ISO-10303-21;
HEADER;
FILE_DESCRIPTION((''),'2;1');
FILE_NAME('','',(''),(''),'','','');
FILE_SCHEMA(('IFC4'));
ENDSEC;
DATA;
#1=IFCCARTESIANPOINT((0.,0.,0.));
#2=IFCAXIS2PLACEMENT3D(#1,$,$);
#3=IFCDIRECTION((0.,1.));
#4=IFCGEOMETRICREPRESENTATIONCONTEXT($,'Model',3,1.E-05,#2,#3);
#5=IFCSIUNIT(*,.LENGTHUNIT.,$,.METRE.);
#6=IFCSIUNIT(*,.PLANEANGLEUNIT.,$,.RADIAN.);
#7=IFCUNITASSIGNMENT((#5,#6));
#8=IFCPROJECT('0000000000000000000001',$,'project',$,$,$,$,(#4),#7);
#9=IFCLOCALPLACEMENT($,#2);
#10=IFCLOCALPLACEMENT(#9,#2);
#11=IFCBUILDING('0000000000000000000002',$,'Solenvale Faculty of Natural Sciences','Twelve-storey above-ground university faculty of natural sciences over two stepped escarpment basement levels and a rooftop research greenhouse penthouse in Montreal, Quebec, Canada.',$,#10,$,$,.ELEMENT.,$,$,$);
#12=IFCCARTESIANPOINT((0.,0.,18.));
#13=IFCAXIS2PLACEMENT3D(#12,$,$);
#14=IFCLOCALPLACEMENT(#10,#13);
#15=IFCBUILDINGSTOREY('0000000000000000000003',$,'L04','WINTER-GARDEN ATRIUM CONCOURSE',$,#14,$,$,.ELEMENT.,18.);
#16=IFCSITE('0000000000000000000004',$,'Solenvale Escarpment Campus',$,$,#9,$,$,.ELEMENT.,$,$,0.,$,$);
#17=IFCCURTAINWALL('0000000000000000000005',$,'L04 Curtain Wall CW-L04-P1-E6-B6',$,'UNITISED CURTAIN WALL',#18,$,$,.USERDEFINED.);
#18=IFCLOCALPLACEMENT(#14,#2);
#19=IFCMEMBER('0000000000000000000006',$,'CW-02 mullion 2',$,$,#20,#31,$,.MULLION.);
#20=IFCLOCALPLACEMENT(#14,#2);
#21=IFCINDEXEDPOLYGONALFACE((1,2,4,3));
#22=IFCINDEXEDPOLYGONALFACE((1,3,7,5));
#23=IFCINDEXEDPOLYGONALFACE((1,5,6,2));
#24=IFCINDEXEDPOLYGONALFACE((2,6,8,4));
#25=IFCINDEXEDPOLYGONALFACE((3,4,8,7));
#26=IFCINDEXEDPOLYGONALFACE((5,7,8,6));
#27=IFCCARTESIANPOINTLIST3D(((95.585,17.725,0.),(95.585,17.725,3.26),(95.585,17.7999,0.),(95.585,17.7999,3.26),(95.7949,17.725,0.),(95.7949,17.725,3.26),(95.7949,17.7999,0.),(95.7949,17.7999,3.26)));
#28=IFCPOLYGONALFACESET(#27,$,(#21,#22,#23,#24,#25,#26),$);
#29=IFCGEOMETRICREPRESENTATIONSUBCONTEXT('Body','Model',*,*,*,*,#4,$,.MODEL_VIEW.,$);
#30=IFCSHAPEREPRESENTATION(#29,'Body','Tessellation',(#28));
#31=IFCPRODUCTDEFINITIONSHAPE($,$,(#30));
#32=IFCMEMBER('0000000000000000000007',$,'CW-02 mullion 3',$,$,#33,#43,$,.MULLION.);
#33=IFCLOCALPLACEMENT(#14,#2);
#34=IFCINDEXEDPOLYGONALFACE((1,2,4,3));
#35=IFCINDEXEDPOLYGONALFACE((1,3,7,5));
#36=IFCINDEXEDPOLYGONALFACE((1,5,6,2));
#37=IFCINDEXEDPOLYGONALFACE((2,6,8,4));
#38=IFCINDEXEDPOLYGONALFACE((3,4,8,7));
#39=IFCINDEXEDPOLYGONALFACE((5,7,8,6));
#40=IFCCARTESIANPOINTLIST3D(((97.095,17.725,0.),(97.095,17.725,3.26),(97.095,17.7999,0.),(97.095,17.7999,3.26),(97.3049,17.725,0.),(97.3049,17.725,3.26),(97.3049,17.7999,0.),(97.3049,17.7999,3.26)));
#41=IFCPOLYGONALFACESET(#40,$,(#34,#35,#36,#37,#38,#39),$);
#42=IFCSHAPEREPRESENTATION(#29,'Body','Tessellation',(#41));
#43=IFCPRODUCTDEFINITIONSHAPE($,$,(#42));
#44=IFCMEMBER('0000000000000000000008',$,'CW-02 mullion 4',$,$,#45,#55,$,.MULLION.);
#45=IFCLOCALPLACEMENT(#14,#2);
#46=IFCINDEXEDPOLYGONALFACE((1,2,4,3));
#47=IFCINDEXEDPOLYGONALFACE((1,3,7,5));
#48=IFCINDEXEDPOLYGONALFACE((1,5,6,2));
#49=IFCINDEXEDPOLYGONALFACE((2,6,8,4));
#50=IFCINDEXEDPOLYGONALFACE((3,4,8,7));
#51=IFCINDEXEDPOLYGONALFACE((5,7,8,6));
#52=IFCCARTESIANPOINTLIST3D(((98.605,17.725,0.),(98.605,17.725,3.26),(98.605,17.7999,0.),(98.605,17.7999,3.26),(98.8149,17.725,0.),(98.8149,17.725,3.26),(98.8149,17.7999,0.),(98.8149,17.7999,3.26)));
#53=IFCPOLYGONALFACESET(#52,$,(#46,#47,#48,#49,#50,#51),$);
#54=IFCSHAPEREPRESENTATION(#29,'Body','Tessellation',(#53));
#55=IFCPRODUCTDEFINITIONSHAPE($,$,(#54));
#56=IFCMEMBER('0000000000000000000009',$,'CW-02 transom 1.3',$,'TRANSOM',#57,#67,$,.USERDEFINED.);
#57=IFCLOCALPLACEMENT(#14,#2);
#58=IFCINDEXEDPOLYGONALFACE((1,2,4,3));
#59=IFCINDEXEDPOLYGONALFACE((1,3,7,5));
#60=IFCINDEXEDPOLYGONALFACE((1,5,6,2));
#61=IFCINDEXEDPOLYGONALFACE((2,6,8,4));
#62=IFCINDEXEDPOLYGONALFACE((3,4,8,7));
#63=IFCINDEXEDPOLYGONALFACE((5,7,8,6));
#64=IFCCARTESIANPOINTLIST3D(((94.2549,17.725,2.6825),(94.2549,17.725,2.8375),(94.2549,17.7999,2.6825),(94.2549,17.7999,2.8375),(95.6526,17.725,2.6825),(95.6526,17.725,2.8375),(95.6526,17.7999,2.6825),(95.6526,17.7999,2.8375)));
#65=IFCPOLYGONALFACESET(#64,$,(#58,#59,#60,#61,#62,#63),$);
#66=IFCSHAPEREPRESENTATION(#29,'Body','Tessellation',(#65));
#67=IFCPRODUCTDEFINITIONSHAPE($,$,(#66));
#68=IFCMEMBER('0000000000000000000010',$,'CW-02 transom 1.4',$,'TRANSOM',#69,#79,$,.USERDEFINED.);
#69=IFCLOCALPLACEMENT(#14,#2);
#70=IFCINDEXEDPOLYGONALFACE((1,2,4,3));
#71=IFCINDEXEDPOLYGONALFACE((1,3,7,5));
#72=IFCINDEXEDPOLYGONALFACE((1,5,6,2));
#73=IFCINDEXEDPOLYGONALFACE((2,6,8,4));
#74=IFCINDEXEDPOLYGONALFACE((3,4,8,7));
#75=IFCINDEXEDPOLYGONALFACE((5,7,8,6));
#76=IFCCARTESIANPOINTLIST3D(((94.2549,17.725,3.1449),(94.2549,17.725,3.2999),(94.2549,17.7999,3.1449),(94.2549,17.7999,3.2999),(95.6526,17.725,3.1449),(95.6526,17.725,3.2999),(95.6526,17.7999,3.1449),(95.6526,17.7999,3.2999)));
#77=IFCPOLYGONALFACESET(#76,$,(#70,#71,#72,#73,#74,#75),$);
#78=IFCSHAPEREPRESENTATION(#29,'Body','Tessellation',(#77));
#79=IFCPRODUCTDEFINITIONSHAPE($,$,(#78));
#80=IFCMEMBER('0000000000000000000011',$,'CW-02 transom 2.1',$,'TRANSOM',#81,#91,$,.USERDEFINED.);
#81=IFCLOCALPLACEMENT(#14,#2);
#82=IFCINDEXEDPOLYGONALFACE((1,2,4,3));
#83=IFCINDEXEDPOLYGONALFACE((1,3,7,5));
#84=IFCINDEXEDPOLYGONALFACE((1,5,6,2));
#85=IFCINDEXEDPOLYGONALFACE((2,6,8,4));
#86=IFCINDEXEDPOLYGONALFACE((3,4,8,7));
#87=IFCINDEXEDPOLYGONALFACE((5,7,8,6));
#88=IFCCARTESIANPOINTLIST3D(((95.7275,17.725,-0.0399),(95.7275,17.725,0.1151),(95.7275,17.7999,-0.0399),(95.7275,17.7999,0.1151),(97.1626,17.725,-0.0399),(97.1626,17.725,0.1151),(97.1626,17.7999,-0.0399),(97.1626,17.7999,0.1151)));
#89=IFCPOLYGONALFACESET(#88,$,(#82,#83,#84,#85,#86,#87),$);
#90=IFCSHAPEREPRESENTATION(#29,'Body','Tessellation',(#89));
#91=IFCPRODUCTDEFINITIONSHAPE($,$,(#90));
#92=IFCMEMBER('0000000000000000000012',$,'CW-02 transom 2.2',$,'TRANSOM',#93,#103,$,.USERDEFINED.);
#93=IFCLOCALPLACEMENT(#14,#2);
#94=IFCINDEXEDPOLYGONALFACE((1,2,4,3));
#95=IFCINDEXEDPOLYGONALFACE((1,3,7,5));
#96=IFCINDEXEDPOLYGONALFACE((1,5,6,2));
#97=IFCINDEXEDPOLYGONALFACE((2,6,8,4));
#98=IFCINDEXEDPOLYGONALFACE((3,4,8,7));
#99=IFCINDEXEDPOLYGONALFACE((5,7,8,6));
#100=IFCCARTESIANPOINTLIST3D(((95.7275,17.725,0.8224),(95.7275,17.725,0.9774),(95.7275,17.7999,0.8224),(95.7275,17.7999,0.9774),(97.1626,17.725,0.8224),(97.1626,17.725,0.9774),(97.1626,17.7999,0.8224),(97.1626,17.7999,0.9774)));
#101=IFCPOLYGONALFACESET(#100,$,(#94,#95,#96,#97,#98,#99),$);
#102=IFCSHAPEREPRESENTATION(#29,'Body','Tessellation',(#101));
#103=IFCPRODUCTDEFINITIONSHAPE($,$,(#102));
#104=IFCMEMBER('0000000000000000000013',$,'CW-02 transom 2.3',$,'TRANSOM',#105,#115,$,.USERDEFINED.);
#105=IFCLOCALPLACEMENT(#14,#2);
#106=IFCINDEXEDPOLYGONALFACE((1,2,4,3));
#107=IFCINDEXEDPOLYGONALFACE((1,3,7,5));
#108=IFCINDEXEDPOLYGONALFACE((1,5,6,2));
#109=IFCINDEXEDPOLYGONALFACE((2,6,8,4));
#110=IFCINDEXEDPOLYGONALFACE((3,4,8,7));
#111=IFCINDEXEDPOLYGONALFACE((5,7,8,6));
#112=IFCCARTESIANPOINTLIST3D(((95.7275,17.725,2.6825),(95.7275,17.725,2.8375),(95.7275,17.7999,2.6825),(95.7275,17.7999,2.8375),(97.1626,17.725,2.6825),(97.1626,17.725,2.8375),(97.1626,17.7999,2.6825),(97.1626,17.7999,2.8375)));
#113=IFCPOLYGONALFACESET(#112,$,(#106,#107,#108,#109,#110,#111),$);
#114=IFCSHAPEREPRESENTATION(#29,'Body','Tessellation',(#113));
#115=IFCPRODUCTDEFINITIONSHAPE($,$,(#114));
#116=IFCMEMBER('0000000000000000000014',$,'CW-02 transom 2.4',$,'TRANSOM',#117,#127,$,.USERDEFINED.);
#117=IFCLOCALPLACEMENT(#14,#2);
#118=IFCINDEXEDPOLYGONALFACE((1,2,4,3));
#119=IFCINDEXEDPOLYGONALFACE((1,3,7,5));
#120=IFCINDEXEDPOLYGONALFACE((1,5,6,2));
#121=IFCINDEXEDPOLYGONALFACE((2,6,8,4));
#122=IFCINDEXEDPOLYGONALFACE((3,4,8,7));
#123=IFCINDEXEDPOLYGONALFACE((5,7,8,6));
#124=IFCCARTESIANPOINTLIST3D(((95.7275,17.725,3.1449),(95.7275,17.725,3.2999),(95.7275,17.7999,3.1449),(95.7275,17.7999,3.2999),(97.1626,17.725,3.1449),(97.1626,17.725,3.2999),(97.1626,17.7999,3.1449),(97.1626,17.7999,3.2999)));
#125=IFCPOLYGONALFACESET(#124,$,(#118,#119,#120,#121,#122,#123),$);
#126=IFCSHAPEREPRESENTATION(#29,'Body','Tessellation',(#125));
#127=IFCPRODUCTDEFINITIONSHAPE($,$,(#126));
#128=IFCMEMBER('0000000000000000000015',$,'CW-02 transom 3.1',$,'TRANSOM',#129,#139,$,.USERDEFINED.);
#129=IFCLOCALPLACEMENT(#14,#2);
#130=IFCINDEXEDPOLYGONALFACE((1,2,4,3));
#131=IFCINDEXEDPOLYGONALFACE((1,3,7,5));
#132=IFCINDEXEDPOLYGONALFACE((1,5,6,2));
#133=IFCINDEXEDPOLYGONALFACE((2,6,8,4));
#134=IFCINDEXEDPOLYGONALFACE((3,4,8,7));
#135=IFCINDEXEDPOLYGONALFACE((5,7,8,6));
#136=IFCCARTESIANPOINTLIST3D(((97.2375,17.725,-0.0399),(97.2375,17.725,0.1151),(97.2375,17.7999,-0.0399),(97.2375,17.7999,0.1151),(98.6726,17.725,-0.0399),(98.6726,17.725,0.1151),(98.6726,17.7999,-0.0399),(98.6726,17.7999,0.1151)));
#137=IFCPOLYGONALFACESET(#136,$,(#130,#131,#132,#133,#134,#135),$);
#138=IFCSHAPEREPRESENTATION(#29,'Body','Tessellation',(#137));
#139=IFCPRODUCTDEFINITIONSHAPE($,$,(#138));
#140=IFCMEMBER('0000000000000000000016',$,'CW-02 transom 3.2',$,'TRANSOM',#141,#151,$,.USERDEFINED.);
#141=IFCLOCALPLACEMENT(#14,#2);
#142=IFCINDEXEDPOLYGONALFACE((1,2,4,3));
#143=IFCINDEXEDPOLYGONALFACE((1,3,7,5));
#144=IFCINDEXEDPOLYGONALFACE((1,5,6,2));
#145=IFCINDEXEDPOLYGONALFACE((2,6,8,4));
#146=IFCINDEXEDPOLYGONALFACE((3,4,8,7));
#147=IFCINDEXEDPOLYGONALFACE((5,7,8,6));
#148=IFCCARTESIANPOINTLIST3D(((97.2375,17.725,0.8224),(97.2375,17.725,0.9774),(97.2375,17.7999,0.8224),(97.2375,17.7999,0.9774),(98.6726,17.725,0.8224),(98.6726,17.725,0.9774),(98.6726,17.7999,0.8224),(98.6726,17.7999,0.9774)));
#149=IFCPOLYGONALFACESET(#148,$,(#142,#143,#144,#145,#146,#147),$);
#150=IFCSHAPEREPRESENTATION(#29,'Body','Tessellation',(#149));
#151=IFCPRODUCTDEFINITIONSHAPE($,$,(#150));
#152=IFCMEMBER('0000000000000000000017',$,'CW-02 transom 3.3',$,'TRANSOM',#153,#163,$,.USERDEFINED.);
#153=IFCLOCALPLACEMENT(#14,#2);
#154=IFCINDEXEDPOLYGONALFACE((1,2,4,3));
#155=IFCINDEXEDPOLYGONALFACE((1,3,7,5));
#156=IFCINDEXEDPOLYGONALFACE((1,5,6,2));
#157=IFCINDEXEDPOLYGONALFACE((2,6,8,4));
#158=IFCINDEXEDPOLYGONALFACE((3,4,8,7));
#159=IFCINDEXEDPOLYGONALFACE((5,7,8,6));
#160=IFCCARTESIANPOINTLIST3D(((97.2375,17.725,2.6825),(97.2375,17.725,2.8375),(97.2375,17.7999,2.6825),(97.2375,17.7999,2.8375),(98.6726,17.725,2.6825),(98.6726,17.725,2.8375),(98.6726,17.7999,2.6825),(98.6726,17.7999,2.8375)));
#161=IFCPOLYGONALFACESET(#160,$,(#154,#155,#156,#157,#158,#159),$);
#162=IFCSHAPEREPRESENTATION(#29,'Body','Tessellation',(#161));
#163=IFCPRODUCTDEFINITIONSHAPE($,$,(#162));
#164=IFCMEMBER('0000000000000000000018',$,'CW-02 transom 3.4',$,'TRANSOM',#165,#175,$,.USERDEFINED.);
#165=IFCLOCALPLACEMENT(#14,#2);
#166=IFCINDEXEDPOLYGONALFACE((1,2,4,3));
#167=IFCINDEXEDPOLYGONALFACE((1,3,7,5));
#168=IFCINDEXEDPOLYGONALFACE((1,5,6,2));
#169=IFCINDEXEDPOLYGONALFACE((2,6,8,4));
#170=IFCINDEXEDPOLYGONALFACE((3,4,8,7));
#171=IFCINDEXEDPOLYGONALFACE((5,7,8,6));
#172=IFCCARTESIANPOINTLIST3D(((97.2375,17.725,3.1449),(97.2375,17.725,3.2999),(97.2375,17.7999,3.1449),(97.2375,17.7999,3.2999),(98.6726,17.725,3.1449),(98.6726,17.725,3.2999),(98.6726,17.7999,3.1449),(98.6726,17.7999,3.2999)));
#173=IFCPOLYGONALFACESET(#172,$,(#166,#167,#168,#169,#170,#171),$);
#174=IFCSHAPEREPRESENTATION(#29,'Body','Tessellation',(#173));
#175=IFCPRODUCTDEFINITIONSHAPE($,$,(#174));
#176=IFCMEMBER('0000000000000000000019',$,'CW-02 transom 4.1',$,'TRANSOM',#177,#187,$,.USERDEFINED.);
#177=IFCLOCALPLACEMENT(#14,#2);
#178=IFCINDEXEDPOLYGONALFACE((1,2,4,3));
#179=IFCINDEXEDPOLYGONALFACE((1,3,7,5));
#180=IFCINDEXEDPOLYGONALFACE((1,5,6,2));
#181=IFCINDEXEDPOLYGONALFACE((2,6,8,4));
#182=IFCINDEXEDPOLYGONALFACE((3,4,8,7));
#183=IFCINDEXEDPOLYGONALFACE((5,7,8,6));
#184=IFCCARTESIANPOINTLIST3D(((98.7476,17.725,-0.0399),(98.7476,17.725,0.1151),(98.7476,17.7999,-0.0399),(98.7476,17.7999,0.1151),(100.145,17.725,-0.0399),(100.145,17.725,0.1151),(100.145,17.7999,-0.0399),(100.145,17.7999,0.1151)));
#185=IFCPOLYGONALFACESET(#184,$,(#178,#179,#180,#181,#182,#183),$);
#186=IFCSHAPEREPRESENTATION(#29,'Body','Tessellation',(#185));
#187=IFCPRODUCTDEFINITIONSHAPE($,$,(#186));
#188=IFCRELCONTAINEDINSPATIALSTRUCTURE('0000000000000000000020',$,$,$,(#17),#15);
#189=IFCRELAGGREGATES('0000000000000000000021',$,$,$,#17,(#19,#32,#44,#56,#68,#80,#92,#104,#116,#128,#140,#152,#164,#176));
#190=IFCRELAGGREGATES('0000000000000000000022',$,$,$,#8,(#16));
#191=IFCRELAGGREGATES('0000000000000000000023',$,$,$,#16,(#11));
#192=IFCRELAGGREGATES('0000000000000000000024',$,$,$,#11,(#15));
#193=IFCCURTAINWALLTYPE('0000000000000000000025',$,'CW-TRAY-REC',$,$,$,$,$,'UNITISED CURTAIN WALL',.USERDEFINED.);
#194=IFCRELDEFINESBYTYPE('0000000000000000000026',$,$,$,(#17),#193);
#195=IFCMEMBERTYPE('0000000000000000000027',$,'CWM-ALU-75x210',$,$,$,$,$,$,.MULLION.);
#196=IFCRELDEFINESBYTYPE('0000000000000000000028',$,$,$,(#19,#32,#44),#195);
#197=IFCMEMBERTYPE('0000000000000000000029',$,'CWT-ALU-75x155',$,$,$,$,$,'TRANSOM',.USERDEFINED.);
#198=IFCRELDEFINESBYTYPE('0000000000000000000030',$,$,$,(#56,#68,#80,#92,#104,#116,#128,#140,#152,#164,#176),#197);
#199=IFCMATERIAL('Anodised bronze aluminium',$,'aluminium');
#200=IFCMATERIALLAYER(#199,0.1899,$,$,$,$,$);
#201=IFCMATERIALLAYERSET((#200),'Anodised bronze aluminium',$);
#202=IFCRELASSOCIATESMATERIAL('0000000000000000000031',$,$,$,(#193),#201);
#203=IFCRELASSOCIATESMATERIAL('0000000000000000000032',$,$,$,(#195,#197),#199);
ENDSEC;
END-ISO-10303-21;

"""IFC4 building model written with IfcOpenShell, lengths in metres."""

from ifc_helpers import new_model, si_unit, direction, frame, origin, origin_2d, place, context, subcontext, project, spatial, rectangle, extrude, material, layer, layer_set, material_profile, profile_set, type_object, element, aggregate, save


model = new_model("IFC4")

# Units and contexts
model_context = context("Model", 3, precision=1e-05, world=origin(), true_north=direction((0.0, 1.0)))
body_context = subcontext(model_context, "Body", "Model", "MODEL_VIEW")
ifc_project = project(units=[si_unit("LENGTHUNIT", "METRE"), si_unit("PLANEANGLEUNIT", "RADIAN")], contexts=[model_context])

# Site, building, storey
site_placement = place(None, origin())
site = spatial("IfcSite", under=ifc_project, at=site_placement, Name="Solenvale Escarpment Campus", CompositionType="ELEMENT", RefElevation=0.0)
building_placement = place(site_placement, origin())
building = spatial("IfcBuilding", under=site, at=building_placement, Name="Solenvale Faculty of Natural Sciences", Description="Twelve-storey above-ground university faculty of natural sciences over two stepped escarpment basement levels and a rooftop research greenhouse penthouse in Montreal, Quebec, Canada.", CompositionType="ELEMENT")
storey_placement = place(building_placement, frame((0.0, 0.0, 18.0)))
storey = spatial("IfcBuildingStorey", under=building, at=storey_placement, Name="L04", Description="WINTER-GARDEN ATRIUM CONCOURSE", CompositionType="ELEMENT", Elevation=18.0)

# Curtain wall, members
ifc_material_1 = material(Name="Anodised bronze aluminium", Category="aluminium")
ifc_layer_1 = layer(ifc_material_1, 0.1899)
ifc_layer_set_1 = layer_set([ifc_layer_1], Name="Anodised bronze aluminium")
curtain_wall_type = type_object("IfcCurtainWallType", Name="CW-TRAY-REC", ElementType="UNITISED CURTAIN WALL", PredefinedType="USERDEFINED", material=ifc_layer_set_1)
curtain_wall_placement = place(storey_placement, origin())
curtain_wall = element("IfcCurtainWall", 1, at=curtain_wall_placement, inside=storey, type_object=curtain_wall_type, Name="L04 Curtain Wall CW-L04-P1-E6-B6", ObjectType="UNITISED CURTAIN WALL", PredefinedType="USERDEFINED")
ifc_material_profile_1 = material_profile(ifc_material_1, rectangle(XDim=0.075, YDim=0.21, at=origin_2d()), Name="ALU-MUL-75x210")
ifc_profile_set_1 = profile_set([ifc_material_profile_1], Name="Anodised bronze aluminium")
member_type_1 = type_object("IfcMemberType", Name="CWM-ALU-75x210", PredefinedType="MULLION", material=ifc_profile_set_1)
member_1_placement = place(storey_placement, frame((95.6899, 17.7625, 0.0), z_axis=(0.0, 0.0, 1.0), x_axis=(0.0, 1.0, 0.0)))
member_1 = element("IfcMember", 2, at=member_1_placement, type_object=member_type_1, Name="CW-02 mullion 2", PredefinedType="MULLION", context=body_context, shape_type="SweptSolid", body=[
    extrude(rectangle(XDim=0.075, YDim=0.21, at=origin_2d()), origin(), (0.0, 0.0, 1.0), 3.26),
])
member_2_placement = place(storey_placement, frame((97.2, 17.7625, 0.0), z_axis=(0.0, 0.0, 1.0), x_axis=(0.0, 1.0, 0.0)))
member_2 = element("IfcMember", 3, at=member_2_placement, type_object=member_type_1, Name="CW-02 mullion 3", PredefinedType="MULLION", context=body_context, shape_type="SweptSolid", body=[
    extrude(rectangle(XDim=0.075, YDim=0.21, at=origin_2d()), origin(), (0.0, 0.0, 1.0), 3.26),
])
member_3_placement = place(storey_placement, frame((98.71, 17.7625, 0.0), z_axis=(0.0, 0.0, 1.0), x_axis=(0.0, 1.0, 0.0)))
member_3 = element("IfcMember", 4, at=member_3_placement, type_object=member_type_1, Name="CW-02 mullion 4", PredefinedType="MULLION", context=body_context, shape_type="SweptSolid", body=[
    extrude(rectangle(XDim=0.075, YDim=0.21, at=origin_2d()), origin(), (0.0, 0.0, 1.0), 3.26),
])
ifc_material_profile_2 = material_profile(ifc_material_1, rectangle(XDim=0.075, YDim=0.155, at=origin_2d()), Name="ALU-TRN-75x155")
ifc_profile_set_2 = profile_set([ifc_material_profile_2], Name="Anodised bronze aluminium")
member_type_2 = type_object("IfcMemberType", Name="CWT-ALU-75x155", ElementType="TRANSOM", PredefinedType="USERDEFINED", material=ifc_profile_set_2)
member_4_placement = place(storey_placement, frame((94.2549, 17.7625, 2.76), z_axis=(1.0, 0.0, 0.0), x_axis=(0.0, 1.0, 0.0)))
member_4 = element("IfcMember", 5, at=member_4_placement, type_object=member_type_2, Name="CW-02 transom 1.3", ObjectType="TRANSOM", PredefinedType="USERDEFINED", context=body_context, shape_type="SweptSolid", body=[
    extrude(rectangle(XDim=0.075, YDim=0.155, at=origin_2d()), origin(), (0.0, 0.0, 1.0), 1.3977),
])
member_5_placement = place(storey_placement, frame((94.2549, 17.7625, 3.2224), z_axis=(1.0, 0.0, 0.0), x_axis=(0.0, 1.0, 0.0)))
member_5 = element("IfcMember", 6, at=member_5_placement, type_object=member_type_2, Name="CW-02 transom 1.4", ObjectType="TRANSOM", PredefinedType="USERDEFINED", context=body_context, shape_type="SweptSolid", body=[
    extrude(rectangle(XDim=0.075, YDim=0.155, at=origin_2d()), origin(), (0.0, 0.0, 1.0), 1.3977),
])
member_6_placement = place(storey_placement, frame((95.7275, 17.7625, 0.0376), z_axis=(1.0, 0.0, 0.0), x_axis=(0.0, 1.0, 0.0)))
member_6 = element("IfcMember", 7, at=member_6_placement, type_object=member_type_2, Name="CW-02 transom 2.1", ObjectType="TRANSOM", PredefinedType="USERDEFINED", context=body_context, shape_type="SweptSolid", body=[
    extrude(rectangle(XDim=0.075, YDim=0.155, at=origin_2d()), origin(), (0.0, 0.0, 1.0), 1.4351),
])
member_7_placement = place(storey_placement, frame((95.7275, 17.7625, 0.8999), z_axis=(1.0, 0.0, 0.0), x_axis=(0.0, 1.0, 0.0)))
member_7 = element("IfcMember", 8, at=member_7_placement, type_object=member_type_2, Name="CW-02 transom 2.2", ObjectType="TRANSOM", PredefinedType="USERDEFINED", context=body_context, shape_type="SweptSolid", body=[
    extrude(rectangle(XDim=0.075, YDim=0.155, at=origin_2d()), origin(), (0.0, 0.0, 1.0), 1.4351),
])
member_8_placement = place(storey_placement, frame((95.7275, 17.7625, 2.76), z_axis=(1.0, 0.0, 0.0), x_axis=(0.0, 1.0, 0.0)))
member_8 = element("IfcMember", 9, at=member_8_placement, type_object=member_type_2, Name="CW-02 transom 2.3", ObjectType="TRANSOM", PredefinedType="USERDEFINED", context=body_context, shape_type="SweptSolid", body=[
    extrude(rectangle(XDim=0.075, YDim=0.155, at=origin_2d()), origin(), (0.0, 0.0, 1.0), 1.4351),
])
member_9_placement = place(storey_placement, frame((95.7275, 17.7625, 3.2224), z_axis=(1.0, 0.0, 0.0), x_axis=(0.0, 1.0, 0.0)))
member_9 = element("IfcMember", 10, at=member_9_placement, type_object=member_type_2, Name="CW-02 transom 2.4", ObjectType="TRANSOM", PredefinedType="USERDEFINED", context=body_context, shape_type="SweptSolid", body=[
    extrude(rectangle(XDim=0.075, YDim=0.155, at=origin_2d()), origin(), (0.0, 0.0, 1.0), 1.4351),
])
member_10_placement = place(storey_placement, frame((97.2375, 17.7625, 0.0376), z_axis=(1.0, 0.0, 0.0), x_axis=(0.0, 1.0, 0.0)))
member_10 = element("IfcMember", 11, at=member_10_placement, type_object=member_type_2, Name="CW-02 transom 3.1", ObjectType="TRANSOM", PredefinedType="USERDEFINED", context=body_context, shape_type="SweptSolid", body=[
    extrude(rectangle(XDim=0.075, YDim=0.155, at=origin_2d()), origin(), (0.0, 0.0, 1.0), 1.4351),
])
member_11_placement = place(storey_placement, frame((97.2375, 17.7625, 0.8999), z_axis=(1.0, 0.0, 0.0), x_axis=(0.0, 1.0, 0.0)))
member_11 = element("IfcMember", 12, at=member_11_placement, type_object=member_type_2, Name="CW-02 transom 3.2", ObjectType="TRANSOM", PredefinedType="USERDEFINED", context=body_context, shape_type="SweptSolid", body=[
    extrude(rectangle(XDim=0.075, YDim=0.155, at=origin_2d()), origin(), (0.0, 0.0, 1.0), 1.4351),
])
member_12_placement = place(storey_placement, frame((97.2375, 17.7625, 2.76), z_axis=(1.0, 0.0, 0.0), x_axis=(0.0, 1.0, 0.0)))
member_12 = element("IfcMember", 13, at=member_12_placement, type_object=member_type_2, Name="CW-02 transom 3.3", ObjectType="TRANSOM", PredefinedType="USERDEFINED", context=body_context, shape_type="SweptSolid", body=[
    extrude(rectangle(XDim=0.075, YDim=0.155, at=origin_2d()), origin(), (0.0, 0.0, 1.0), 1.4351),
])
member_13_placement = place(storey_placement, frame((97.2375, 17.7625, 3.2224), z_axis=(1.0, 0.0, 0.0), x_axis=(0.0, 1.0, 0.0)))
member_13 = element("IfcMember", 14, at=member_13_placement, type_object=member_type_2, Name="CW-02 transom 3.4", ObjectType="TRANSOM", PredefinedType="USERDEFINED", context=body_context, shape_type="SweptSolid", body=[
    extrude(rectangle(XDim=0.075, YDim=0.155, at=origin_2d()), origin(), (0.0, 0.0, 1.0), 1.4351),
])
member_14_placement = place(storey_placement, frame((98.7476, 17.7625, 0.0376), z_axis=(1.0, 0.0, 0.0), x_axis=(0.0, 1.0, 0.0)))
member_14 = element("IfcMember", 15, at=member_14_placement, type_object=member_type_2, Name="CW-02 transom 4.1", ObjectType="TRANSOM", PredefinedType="USERDEFINED", context=body_context, shape_type="SweptSolid", body=[
    extrude(rectangle(XDim=0.075, YDim=0.155, at=origin_2d()), origin(), (0.0, 0.0, 1.0), 1.3975),
])
aggregate(curtain_wall, [member_1, member_2, member_3, member_4, member_5, member_6, member_7, member_8, member_9, member_10, member_11, member_12, member_13, member_14])

save(model, "model.ifc")
